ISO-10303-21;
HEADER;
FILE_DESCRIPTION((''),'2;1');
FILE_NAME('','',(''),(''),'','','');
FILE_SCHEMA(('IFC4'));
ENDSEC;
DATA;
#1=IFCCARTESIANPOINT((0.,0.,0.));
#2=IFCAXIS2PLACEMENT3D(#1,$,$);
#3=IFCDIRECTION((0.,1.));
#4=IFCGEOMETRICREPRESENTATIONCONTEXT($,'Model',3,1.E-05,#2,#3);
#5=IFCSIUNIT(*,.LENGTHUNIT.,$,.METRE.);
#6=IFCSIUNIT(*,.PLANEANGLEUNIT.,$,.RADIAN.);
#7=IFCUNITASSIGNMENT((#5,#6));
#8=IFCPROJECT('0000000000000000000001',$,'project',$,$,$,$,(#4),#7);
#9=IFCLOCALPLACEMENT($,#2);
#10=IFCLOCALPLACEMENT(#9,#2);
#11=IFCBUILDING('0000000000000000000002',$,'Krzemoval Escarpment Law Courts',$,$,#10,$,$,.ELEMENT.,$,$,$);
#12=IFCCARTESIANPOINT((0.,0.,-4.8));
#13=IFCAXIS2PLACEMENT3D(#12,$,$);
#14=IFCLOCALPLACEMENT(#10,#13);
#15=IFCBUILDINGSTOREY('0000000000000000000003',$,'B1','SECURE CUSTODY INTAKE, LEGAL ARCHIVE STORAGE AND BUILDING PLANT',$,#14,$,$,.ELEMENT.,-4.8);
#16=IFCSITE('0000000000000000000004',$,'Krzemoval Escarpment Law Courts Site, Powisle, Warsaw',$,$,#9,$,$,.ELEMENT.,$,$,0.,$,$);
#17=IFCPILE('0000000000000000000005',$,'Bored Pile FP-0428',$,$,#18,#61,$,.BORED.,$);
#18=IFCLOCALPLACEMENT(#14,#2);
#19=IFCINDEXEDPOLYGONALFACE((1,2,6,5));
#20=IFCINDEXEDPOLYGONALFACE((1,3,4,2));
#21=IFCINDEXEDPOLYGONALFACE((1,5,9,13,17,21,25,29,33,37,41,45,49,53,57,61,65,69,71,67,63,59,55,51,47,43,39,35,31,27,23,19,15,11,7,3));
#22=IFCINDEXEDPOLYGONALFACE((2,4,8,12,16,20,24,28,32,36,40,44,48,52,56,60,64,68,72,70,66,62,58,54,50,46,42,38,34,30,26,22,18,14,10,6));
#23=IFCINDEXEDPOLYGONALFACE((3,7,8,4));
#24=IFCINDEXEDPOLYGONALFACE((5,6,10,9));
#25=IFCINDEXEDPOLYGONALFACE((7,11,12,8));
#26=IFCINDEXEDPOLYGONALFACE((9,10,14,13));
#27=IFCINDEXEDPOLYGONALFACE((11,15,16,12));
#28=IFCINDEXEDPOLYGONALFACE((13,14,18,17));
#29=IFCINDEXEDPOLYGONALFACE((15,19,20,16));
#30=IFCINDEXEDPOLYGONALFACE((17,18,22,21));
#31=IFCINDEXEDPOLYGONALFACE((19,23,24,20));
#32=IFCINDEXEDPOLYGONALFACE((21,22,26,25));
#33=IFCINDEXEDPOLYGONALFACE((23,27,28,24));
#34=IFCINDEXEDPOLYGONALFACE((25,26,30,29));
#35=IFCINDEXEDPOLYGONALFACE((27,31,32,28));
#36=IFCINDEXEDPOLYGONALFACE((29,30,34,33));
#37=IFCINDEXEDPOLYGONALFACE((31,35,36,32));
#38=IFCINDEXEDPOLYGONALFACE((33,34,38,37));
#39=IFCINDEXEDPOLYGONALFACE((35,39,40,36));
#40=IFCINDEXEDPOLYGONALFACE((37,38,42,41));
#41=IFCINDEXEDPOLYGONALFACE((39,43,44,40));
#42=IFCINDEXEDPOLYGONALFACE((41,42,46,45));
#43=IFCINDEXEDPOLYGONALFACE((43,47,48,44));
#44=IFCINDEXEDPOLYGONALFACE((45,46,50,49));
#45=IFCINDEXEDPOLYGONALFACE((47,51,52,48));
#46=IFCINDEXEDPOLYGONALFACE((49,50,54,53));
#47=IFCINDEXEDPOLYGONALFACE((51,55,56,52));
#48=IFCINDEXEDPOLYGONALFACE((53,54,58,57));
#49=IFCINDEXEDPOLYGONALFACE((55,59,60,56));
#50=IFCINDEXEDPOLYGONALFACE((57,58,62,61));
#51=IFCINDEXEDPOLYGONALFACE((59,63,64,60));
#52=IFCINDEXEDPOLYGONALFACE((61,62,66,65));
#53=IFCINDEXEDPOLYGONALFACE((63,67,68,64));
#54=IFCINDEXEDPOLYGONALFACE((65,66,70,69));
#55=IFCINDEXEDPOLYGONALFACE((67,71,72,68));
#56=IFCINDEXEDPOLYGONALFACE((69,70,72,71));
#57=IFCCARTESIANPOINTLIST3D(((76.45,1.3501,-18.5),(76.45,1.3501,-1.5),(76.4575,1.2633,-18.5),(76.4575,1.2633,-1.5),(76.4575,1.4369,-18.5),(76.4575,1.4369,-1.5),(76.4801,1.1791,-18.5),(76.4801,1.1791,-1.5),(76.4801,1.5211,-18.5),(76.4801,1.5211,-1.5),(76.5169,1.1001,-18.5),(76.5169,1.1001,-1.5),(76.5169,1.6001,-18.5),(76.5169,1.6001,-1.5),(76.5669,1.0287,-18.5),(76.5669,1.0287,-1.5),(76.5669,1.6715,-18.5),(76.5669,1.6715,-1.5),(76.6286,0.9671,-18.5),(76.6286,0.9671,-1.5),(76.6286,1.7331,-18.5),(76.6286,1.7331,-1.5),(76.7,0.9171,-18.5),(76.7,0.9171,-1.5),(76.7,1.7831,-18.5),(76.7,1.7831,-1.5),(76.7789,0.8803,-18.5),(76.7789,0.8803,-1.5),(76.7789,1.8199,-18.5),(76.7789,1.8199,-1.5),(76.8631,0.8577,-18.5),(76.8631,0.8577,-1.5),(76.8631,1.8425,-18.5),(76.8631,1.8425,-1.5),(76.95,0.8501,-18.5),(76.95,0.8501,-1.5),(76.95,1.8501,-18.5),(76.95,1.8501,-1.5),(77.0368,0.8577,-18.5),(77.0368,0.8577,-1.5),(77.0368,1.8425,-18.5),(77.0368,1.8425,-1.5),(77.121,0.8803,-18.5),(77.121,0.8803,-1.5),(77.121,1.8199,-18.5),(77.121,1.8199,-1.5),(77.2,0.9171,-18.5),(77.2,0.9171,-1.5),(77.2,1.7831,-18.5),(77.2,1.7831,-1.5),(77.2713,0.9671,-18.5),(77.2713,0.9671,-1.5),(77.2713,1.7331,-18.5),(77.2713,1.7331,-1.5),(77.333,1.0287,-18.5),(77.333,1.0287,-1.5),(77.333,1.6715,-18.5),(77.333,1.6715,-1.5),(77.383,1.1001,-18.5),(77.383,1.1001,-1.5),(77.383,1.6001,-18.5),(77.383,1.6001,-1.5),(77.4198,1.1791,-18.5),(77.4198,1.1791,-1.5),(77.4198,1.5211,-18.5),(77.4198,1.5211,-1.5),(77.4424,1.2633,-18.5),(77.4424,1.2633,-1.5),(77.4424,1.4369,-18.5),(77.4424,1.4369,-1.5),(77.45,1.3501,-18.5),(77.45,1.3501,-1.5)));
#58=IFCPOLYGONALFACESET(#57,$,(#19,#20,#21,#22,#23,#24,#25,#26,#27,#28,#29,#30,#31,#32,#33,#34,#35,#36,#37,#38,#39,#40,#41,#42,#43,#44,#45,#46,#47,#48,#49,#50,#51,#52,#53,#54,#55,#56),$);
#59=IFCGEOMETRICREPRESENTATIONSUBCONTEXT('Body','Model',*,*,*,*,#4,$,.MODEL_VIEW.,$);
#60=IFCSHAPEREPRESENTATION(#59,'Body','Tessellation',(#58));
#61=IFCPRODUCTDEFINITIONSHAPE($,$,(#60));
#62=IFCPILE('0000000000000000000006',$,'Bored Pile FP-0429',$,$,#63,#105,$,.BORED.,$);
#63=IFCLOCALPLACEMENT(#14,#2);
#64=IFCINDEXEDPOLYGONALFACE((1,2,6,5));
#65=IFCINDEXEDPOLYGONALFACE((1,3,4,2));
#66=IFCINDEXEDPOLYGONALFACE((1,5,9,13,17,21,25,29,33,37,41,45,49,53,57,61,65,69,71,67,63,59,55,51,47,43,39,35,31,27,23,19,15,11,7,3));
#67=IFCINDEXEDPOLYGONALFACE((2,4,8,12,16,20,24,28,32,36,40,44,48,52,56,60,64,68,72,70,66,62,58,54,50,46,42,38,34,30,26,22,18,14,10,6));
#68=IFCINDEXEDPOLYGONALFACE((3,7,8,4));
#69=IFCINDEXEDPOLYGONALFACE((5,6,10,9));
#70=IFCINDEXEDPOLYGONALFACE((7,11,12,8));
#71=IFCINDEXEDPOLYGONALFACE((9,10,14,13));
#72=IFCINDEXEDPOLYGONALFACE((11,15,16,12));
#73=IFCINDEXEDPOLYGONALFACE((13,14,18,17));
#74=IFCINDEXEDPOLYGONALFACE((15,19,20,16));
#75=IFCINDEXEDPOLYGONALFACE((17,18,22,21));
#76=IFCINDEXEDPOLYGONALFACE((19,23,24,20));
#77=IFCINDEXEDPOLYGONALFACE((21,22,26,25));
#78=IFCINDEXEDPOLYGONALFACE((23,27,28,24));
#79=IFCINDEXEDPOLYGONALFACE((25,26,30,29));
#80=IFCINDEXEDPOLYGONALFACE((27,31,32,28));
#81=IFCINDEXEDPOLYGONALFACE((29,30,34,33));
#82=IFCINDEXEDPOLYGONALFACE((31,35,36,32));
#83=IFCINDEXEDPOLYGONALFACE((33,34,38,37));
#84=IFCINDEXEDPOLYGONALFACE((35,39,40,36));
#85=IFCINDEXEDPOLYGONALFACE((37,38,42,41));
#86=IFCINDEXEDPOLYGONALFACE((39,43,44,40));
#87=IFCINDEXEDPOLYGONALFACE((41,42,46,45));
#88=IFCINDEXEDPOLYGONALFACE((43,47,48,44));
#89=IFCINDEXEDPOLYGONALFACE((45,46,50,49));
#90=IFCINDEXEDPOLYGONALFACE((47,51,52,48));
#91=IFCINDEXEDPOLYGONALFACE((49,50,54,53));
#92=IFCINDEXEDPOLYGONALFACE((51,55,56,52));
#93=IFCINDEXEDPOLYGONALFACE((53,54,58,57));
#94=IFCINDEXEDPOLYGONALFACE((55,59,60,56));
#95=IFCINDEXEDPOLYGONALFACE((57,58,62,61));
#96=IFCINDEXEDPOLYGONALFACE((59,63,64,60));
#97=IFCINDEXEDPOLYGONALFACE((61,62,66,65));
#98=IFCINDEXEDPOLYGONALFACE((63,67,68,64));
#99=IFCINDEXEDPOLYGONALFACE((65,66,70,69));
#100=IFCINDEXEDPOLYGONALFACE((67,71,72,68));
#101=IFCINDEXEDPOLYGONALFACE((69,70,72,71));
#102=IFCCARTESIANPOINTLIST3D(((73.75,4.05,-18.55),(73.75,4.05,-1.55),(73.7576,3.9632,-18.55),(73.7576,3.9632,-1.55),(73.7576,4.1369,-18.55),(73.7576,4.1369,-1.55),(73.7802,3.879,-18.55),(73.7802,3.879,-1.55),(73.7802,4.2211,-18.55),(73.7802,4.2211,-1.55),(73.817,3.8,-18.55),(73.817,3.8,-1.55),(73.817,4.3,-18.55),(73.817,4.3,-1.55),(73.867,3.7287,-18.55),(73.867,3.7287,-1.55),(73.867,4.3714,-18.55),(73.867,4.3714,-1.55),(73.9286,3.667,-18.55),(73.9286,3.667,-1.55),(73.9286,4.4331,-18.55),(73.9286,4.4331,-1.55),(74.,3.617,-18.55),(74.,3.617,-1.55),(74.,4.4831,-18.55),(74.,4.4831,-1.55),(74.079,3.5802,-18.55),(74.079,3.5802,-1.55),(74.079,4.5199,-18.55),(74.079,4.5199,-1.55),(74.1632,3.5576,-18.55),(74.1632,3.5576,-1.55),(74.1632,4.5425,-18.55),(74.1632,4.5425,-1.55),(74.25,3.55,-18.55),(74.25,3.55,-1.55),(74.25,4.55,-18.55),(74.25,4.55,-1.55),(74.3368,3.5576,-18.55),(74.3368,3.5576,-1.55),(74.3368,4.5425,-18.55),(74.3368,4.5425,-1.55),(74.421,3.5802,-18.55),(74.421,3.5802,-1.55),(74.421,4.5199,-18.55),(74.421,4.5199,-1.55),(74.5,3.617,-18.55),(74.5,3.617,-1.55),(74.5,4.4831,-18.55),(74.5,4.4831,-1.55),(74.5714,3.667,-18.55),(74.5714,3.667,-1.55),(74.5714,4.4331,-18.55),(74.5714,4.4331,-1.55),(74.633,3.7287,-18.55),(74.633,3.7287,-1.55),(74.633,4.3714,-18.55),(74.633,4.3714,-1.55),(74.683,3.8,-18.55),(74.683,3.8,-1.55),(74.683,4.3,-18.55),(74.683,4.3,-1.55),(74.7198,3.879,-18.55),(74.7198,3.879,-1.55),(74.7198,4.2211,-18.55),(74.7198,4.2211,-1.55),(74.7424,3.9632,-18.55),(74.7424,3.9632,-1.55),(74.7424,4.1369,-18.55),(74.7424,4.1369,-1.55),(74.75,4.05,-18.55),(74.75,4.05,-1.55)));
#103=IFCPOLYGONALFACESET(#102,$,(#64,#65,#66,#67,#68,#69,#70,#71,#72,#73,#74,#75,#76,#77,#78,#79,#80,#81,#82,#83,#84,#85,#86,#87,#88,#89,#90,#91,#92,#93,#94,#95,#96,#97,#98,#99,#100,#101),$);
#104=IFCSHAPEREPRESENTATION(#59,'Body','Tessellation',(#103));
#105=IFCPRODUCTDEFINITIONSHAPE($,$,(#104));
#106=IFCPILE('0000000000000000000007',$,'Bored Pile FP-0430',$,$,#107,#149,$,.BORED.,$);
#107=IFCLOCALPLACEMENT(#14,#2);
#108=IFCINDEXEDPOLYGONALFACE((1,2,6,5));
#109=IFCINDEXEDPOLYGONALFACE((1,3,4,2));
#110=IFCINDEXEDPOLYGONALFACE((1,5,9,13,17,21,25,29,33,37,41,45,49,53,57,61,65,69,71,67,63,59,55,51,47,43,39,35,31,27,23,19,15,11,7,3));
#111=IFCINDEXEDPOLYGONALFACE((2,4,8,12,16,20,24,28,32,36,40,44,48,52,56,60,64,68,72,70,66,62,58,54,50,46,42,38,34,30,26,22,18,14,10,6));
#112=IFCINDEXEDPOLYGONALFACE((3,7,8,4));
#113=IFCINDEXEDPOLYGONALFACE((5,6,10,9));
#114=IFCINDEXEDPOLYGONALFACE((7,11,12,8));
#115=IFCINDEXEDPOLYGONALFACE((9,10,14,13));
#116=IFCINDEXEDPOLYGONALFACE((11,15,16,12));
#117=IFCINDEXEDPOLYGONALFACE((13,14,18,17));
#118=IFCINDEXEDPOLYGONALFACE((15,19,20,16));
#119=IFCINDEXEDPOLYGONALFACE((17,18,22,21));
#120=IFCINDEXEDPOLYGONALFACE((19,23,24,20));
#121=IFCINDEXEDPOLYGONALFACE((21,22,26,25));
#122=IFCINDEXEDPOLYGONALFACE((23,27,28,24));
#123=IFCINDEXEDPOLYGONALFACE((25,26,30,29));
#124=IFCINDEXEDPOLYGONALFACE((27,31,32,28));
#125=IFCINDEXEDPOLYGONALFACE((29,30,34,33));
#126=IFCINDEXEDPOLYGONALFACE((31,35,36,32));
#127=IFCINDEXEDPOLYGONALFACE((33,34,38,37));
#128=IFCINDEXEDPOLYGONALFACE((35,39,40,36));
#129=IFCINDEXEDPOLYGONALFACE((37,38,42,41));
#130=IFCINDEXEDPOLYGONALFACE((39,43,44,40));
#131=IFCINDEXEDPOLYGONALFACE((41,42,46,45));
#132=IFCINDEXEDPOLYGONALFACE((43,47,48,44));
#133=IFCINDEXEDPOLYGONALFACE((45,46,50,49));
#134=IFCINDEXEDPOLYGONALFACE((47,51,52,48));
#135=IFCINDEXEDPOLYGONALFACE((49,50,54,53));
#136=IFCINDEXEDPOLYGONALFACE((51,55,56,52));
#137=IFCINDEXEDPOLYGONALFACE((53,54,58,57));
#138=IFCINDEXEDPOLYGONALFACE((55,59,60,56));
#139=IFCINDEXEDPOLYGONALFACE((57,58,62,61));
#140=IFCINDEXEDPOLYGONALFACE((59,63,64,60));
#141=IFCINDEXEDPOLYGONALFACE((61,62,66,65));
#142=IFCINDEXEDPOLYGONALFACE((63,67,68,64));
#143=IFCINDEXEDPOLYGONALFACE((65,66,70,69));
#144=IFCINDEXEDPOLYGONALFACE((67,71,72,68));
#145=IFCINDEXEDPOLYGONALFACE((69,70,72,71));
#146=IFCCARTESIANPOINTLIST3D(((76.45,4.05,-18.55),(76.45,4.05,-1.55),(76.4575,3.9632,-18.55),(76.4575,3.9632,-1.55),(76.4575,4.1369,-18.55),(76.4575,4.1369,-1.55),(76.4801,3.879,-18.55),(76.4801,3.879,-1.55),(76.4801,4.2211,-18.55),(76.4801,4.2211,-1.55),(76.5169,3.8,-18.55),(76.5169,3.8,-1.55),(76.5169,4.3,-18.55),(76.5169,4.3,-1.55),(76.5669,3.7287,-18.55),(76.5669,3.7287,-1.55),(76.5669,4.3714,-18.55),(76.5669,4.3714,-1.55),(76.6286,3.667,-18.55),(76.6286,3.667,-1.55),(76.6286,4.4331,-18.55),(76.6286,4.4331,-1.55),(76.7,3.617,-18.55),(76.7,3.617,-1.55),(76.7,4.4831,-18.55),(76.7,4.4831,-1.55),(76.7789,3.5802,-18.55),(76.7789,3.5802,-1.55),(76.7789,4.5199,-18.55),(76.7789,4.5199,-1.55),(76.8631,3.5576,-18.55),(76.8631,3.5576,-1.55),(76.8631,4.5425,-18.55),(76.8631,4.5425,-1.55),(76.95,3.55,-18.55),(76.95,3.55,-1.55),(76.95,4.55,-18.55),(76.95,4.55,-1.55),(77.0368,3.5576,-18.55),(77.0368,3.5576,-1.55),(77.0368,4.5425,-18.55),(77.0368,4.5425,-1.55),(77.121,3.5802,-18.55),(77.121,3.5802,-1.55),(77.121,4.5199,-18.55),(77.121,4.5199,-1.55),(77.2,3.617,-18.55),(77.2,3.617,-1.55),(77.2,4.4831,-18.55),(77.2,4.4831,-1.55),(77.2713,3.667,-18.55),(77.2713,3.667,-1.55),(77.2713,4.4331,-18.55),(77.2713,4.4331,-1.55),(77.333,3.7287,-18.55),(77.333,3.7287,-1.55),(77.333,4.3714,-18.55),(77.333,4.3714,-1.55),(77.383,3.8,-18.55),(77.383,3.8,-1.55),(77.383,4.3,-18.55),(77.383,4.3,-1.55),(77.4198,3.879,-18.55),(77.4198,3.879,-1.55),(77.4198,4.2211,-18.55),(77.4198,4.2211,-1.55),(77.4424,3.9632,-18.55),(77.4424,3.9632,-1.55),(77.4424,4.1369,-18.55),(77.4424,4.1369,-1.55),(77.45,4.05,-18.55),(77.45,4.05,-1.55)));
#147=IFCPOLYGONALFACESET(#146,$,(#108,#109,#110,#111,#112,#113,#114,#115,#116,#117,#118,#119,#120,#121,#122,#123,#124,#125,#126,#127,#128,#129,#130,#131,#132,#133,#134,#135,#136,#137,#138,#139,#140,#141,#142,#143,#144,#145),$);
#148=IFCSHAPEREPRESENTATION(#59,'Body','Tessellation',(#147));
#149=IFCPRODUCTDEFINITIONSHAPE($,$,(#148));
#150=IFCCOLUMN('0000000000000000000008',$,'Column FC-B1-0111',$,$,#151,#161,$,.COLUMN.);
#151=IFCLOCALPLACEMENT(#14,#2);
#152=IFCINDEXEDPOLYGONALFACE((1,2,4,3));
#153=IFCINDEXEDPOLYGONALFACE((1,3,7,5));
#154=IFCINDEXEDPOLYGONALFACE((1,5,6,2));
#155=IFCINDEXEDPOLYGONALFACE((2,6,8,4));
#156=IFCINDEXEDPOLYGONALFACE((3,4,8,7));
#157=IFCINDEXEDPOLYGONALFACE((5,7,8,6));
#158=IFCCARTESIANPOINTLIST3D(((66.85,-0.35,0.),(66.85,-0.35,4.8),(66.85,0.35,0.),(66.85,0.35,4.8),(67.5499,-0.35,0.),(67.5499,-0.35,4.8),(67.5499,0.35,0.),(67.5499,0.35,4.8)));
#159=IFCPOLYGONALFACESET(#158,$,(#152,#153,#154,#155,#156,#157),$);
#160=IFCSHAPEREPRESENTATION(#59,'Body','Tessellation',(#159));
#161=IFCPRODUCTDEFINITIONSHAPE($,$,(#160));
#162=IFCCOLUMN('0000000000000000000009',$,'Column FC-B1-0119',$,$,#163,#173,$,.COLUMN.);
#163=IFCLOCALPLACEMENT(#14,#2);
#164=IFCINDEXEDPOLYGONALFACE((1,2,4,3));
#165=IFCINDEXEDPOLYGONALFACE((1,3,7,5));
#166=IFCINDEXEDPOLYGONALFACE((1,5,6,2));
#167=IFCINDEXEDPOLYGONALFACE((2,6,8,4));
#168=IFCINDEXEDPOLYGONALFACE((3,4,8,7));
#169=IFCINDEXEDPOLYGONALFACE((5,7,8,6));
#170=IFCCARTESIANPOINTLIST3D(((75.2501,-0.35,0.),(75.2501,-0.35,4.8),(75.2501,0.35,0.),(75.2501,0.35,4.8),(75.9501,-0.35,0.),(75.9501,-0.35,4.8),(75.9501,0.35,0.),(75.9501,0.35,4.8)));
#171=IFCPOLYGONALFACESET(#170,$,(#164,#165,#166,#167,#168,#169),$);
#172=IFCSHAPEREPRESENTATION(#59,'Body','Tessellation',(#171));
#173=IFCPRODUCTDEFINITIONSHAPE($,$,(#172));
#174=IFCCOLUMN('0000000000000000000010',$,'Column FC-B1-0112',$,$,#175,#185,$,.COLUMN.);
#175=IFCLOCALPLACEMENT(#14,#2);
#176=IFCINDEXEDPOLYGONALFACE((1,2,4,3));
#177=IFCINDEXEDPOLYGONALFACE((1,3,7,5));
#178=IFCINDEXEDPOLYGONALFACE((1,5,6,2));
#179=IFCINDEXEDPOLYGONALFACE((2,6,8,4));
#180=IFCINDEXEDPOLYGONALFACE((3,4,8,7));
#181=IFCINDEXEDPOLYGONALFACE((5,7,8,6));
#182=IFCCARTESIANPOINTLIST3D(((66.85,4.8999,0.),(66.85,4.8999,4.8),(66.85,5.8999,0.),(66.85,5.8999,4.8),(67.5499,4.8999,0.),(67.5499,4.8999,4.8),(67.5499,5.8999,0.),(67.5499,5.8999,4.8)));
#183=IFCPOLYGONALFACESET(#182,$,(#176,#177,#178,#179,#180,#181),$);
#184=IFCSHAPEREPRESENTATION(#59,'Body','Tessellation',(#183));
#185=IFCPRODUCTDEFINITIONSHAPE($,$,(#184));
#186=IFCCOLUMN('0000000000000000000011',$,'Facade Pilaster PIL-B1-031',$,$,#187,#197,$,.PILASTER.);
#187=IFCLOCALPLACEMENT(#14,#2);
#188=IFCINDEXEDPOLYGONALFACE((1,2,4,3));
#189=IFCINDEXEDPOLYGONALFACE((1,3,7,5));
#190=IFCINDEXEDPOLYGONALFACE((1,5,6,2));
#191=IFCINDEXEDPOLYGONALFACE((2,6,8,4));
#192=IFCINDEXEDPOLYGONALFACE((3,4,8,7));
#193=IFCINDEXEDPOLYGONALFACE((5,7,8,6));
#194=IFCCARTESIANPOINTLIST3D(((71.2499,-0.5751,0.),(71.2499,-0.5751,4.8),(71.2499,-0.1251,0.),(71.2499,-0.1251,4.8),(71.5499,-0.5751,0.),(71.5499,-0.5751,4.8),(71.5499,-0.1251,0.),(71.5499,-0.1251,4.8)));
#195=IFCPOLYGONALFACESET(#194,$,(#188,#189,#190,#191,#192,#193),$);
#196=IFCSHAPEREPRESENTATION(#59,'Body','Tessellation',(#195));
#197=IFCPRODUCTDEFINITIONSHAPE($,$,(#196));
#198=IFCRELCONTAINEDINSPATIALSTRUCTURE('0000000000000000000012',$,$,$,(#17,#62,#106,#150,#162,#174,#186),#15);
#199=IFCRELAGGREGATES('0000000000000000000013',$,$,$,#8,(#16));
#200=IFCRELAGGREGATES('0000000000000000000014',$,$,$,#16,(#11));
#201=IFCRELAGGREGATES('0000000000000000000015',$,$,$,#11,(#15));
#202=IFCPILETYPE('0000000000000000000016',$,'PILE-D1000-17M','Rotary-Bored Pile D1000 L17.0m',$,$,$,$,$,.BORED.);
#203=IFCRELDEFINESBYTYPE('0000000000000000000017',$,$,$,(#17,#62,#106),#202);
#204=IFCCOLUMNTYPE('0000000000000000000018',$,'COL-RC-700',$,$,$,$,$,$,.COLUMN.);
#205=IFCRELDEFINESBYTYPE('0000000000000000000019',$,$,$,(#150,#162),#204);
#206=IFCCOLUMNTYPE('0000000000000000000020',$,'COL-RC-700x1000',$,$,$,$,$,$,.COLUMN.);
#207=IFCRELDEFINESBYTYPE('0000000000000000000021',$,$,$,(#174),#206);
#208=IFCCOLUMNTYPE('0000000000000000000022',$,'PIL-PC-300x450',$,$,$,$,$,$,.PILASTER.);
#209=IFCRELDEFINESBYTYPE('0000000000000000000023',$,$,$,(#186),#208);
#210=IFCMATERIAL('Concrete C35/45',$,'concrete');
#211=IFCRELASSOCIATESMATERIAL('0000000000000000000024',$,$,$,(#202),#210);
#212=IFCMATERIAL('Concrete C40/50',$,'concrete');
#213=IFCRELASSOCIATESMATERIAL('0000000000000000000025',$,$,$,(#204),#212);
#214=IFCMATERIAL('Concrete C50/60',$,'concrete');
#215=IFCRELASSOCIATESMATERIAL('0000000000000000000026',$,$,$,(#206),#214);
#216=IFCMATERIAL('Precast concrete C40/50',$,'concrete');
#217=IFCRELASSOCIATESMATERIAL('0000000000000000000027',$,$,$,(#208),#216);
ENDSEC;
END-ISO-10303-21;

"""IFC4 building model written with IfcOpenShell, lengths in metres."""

from ifc_helpers import new_model, si_unit, direction, frame, origin, origin_2d, place, context, subcontext, project, spatial, rectangle, circle, extrude, material, material_profile, profile_set, type_object, element, save


model = new_model("IFC4")

# Units and contexts
model_context = context("Model", 3, precision=1e-05, world=origin(), true_north=direction((0.0, 1.0)))
body_context = subcontext(model_context, "Body", "Model", "MODEL_VIEW")
ifc_project = project(units=[si_unit("LENGTHUNIT", "METRE"), si_unit("PLANEANGLEUNIT", "RADIAN")], contexts=[model_context])

# Site, building, storey
site_placement = place(None, origin())
site = spatial("IfcSite", under=ifc_project, at=site_placement, Name="Krzemoval Escarpment Law Courts Site, Powisle, Warsaw", CompositionType="ELEMENT", RefElevation=0.0)
building_placement = place(site_placement, origin())
building = spatial("IfcBuilding", under=site, at=building_placement, Name="Krzemoval Escarpment Law Courts", CompositionType="ELEMENT")
storey_placement = place(building_placement, frame((0.0, 0.0, -4.8)))
storey = spatial("IfcBuildingStorey", under=building, at=storey_placement, Name="B1", Description="SECURE CUSTODY INTAKE, LEGAL ARCHIVE STORAGE AND BUILDING PLANT", CompositionType="ELEMENT", Elevation=-4.8)

# Piles
ifc_material_1 = material(Name="Concrete C35/45", Category="concrete")
ifc_material_profile_1 = material_profile(ifc_material_1, circle(Radius=0.5, at=origin_2d()), Name="PILE D1000")
ifc_profile_set_1 = profile_set([ifc_material_profile_1], Name="Concrete C35/45")
pile_type = type_object("IfcPileType", Name="PILE-D1000-17M", Description="Rotary-Bored Pile D1000 L17.0m", PredefinedType="BORED", material=ifc_profile_set_1)
for number, where, z_axis, x_axis, name in (
    (1, (76.95, 1.3501, -1.5), (0.0, 0.0, -1.0), (1.0, 0.0, 0.0), "Bored Pile FP-0428"),
    (2, (74.25, 4.05, -1.55), (0.0, 0.0, -1.0), (1.0, 0.0, 0.0), "Bored Pile FP-0429"),
    (3, (76.95, 4.05, -1.55), (0.0, 0.0, -1.0), (1.0, 0.0, 0.0), "Bored Pile FP-0430"),
):
    element("IfcPile", number, at=place(storey_placement, frame(where, z_axis=z_axis, x_axis=x_axis)), inside=storey, type_object=pile_type, Name=name, PredefinedType="BORED", context=body_context, shape_type="SweptSolid", body=[
        extrude(circle(Radius=0.5, at=origin_2d()), origin(), (0.0, 0.0, 1.0), 17.0),
    ])

# Columns
ifc_material_2 = material(Name="Concrete C40/50", Category="concrete")
ifc_material_profile_2 = material_profile(ifc_material_2, rectangle(XDim=0.7, YDim=0.7, at=origin_2d()), Name="RC 700x700")
ifc_profile_set_2 = profile_set([ifc_material_profile_2], Name="Concrete C40/50")
column_type_1 = type_object("IfcColumnType", Name="COL-RC-700", PredefinedType="COLUMN", material=ifc_profile_set_2)
for number, where, z_axis, x_axis, name in (
    (4, (67.2, 0.0, 0.0), (0.0, 0.0, 1.0), (1.0, 0.0, 0.0), "Column FC-B1-0111"),
    (5, (75.6001, 0.0, 0.0), (0.0, 0.0, 1.0), (1.0, 0.0, 0.0), "Column FC-B1-0119"),
):
    element("IfcColumn", number, at=place(storey_placement, frame(where, z_axis=z_axis, x_axis=x_axis)), inside=storey, type_object=column_type_1, Name=name, PredefinedType="COLUMN", context=body_context, shape_type="SweptSolid", body=[
        extrude(rectangle(XDim=0.7, YDim=0.7, at=origin_2d()), origin(), (0.0, 0.0, 1.0), 4.8),
    ])
ifc_material_3 = material(Name="Concrete C50/60", Category="concrete")
ifc_material_profile_3 = material_profile(ifc_material_3, rectangle(XDim=0.7, YDim=1.0, at=origin_2d()), Name="RC 700x1000")
ifc_profile_set_3 = profile_set([ifc_material_profile_3], Name="Concrete C50/60")
column_type_2 = type_object("IfcColumnType", Name="COL-RC-700x1000", PredefinedType="COLUMN", material=ifc_profile_set_3)
column_1_placement = place(storey_placement, frame((67.2, 5.3999, 0.0), z_axis=(0.0, 0.0, 1.0), x_axis=(1.0, 0.0, 0.0)))
element("IfcColumn", 6, at=column_1_placement, inside=storey, type_object=column_type_2, Name="Column FC-B1-0112", PredefinedType="COLUMN", context=body_context, shape_type="SweptSolid", body=[
    extrude(rectangle(XDim=0.7, YDim=1.0, at=origin_2d()), origin(), (0.0, 0.0, 1.0), 4.8),
])
ifc_material_4 = material(Name="Precast concrete C40/50", Category="concrete")
ifc_material_profile_4 = material_profile(ifc_material_4, rectangle(XDim=0.3, YDim=0.45, at=origin_2d()), Name="PIL 300x450")
ifc_profile_set_4 = profile_set([ifc_material_profile_4], Name="Precast concrete C40/50")
column_type_3 = type_object("IfcColumnType", Name="PIL-PC-300x450", PredefinedType="PILASTER", material=ifc_profile_set_4)
column_2_placement = place(storey_placement, frame((71.3999, -0.3501, 0.0), z_axis=(0.0, 0.0, 1.0), x_axis=(1.0, 0.0, 0.0)))
element("IfcColumn", 7, at=column_2_placement, inside=storey, type_object=column_type_3, Name="Facade Pilaster PIL-B1-031", PredefinedType="PILASTER", context=body_context, shape_type="SweptSolid", body=[
    extrude(rectangle(XDim=0.3, YDim=0.45, at=origin_2d()), origin(), (0.0, 0.0, 1.0), 4.8),
])

save(model, "model.ifc")
